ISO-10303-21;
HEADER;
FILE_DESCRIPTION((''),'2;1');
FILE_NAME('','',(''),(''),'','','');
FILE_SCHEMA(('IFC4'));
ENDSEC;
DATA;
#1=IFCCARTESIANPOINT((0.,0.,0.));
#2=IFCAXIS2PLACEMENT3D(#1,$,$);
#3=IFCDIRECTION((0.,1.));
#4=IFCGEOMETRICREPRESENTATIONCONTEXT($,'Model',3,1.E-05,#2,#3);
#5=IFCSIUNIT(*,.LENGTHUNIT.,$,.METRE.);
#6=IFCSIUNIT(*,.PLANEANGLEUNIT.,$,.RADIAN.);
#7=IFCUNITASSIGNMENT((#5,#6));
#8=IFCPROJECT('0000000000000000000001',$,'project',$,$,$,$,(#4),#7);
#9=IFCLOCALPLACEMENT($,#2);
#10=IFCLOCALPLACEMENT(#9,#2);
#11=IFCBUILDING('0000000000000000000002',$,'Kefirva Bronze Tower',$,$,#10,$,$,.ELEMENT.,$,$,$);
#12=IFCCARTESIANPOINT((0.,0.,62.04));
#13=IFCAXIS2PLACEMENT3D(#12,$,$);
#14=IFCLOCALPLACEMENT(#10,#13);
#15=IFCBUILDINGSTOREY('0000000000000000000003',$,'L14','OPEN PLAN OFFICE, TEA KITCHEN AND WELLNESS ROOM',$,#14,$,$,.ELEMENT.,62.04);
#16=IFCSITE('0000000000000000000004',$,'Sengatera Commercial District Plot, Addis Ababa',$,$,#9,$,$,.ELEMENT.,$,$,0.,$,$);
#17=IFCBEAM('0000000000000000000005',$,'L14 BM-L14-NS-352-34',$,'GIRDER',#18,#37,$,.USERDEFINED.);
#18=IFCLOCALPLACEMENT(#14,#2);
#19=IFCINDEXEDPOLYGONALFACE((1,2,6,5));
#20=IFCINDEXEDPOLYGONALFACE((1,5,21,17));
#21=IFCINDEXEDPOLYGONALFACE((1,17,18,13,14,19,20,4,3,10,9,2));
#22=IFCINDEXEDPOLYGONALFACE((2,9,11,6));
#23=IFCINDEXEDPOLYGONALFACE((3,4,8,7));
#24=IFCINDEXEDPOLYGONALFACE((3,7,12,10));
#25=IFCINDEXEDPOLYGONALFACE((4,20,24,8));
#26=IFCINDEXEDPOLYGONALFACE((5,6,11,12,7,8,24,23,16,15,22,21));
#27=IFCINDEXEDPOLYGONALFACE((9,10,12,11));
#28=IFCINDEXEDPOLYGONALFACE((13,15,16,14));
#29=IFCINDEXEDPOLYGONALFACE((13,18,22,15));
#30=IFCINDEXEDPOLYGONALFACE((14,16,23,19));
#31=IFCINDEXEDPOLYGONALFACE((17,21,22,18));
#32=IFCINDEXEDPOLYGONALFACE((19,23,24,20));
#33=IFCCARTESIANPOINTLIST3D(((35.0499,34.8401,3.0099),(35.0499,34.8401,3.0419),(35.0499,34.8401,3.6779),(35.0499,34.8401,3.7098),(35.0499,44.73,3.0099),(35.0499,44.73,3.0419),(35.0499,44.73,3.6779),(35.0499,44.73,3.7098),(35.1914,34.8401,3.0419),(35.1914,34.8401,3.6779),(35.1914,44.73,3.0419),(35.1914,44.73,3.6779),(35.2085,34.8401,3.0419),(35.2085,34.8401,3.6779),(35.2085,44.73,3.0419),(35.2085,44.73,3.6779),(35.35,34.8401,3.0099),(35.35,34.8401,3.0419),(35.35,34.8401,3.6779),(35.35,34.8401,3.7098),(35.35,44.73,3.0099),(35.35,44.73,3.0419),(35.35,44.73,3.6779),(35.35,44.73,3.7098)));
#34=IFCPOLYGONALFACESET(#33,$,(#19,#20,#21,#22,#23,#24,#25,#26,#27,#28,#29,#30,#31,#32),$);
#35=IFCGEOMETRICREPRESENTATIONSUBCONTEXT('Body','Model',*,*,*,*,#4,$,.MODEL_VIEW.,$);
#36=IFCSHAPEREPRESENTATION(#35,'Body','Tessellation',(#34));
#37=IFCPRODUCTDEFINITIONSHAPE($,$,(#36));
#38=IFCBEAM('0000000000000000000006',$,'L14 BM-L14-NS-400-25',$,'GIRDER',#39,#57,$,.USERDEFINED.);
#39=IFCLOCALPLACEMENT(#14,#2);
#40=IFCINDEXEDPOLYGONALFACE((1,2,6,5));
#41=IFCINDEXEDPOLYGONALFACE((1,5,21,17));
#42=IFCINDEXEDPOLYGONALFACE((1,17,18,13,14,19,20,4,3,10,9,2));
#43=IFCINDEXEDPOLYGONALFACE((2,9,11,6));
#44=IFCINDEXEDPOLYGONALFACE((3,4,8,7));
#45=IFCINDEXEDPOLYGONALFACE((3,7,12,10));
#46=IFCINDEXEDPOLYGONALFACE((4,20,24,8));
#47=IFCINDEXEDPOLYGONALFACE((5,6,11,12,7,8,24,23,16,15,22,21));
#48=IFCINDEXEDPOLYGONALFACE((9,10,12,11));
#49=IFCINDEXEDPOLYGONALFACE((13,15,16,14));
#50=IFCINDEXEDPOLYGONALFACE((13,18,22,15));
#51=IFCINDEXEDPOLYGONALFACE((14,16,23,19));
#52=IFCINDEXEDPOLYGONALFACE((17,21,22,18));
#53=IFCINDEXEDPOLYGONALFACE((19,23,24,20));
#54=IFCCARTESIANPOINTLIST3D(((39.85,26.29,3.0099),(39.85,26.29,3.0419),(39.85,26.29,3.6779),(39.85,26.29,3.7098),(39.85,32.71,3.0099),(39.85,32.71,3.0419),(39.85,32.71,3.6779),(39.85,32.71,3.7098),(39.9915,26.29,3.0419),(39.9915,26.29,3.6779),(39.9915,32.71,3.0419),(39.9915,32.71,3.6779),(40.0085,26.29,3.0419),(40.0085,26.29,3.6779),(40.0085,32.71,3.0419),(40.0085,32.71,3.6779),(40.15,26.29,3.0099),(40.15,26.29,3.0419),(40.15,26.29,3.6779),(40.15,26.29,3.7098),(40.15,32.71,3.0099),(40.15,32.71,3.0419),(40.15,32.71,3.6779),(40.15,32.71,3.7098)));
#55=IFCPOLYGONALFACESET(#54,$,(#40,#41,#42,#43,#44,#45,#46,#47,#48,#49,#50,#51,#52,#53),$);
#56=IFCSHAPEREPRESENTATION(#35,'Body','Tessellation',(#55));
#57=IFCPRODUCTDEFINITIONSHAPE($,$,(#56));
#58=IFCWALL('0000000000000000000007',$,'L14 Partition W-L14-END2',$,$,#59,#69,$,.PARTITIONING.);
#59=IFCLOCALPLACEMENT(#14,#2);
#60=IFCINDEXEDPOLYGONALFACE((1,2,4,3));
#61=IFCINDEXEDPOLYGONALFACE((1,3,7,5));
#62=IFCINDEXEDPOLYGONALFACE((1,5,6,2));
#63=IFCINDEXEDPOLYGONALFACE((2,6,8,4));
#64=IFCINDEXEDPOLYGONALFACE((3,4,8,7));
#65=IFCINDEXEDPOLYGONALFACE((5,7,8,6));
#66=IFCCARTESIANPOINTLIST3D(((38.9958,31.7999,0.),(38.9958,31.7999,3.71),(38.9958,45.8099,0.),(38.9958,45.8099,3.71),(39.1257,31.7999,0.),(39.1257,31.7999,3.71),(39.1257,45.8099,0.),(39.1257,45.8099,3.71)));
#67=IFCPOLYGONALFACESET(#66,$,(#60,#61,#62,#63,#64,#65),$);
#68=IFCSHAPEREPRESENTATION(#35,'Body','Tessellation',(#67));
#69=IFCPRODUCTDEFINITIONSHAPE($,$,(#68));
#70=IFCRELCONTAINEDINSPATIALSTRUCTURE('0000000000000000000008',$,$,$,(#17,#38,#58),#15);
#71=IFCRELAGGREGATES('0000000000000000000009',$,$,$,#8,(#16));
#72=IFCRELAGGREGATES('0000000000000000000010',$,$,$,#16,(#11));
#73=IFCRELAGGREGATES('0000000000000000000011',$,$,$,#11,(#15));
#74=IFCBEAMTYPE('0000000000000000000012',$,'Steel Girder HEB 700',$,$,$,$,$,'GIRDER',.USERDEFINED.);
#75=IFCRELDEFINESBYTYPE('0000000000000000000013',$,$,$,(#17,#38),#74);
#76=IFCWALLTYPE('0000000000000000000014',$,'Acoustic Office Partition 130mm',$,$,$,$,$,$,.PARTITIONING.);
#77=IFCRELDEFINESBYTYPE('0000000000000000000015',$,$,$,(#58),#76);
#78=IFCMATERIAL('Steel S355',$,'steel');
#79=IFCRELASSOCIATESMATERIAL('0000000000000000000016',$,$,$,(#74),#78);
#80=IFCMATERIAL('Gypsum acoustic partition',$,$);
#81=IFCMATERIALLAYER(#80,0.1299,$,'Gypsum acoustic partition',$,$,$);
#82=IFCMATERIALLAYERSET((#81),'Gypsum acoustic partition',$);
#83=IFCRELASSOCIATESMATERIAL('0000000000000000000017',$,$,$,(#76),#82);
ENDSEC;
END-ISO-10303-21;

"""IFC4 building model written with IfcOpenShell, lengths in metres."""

from ifc_helpers import new_model, si_unit, direction, frame, frame_2d, origin, origin_2d, place, context, subcontext, project, spatial, rectangle, i_section, extrude, material, layer, layer_set, material_profile, profile_set, type_object, element, save


model = new_model("IFC4")

# Units and contexts
model_context = context("Model", 3, precision=1e-05, world=origin(), true_north=direction((0.0, 1.0)))
body_context = subcontext(model_context, "Body", "Model", "MODEL_VIEW")
ifc_project = project(units=[si_unit("LENGTHUNIT", "METRE"), si_unit("PLANEANGLEUNIT", "RADIAN")], contexts=[model_context])

# Site, building, storey
site_placement = place(None, origin())
site = spatial("IfcSite", under=ifc_project, at=site_placement, Name="Sengatera Commercial District Plot, Addis Ababa", CompositionType="ELEMENT", RefElevation=0.0)
building_placement = place(site_placement, origin())
building = spatial("IfcBuilding", under=site, at=building_placement, Name="Kefirva Bronze Tower", CompositionType="ELEMENT")
storey_placement = place(building_placement, frame((0.0, 0.0, 62.04)))
storey = spatial("IfcBuildingStorey", under=building, at=storey_placement, Name="L14", Description="OPEN PLAN OFFICE, TEA KITCHEN AND WELLNESS ROOM", CompositionType="ELEMENT", Elevation=62.04)

# Beams
ifc_material_1 = material(Name="Steel S355", Category="steel")
ifc_material_profile_1 = material_profile(ifc_material_1, i_section(OverallWidth=0.3, OverallDepth=0.7, WebThickness=0.0171, FlangeThickness=0.032, at=origin_2d()), Name="HEB 700")
ifc_profile_set_1 = profile_set([ifc_material_profile_1], Name="Steel S355")
beam_type_1 = type_object("IfcBeamType", Name="Steel Girder HEB 700", ElementType="GIRDER", PredefinedType="USERDEFINED", material=ifc_profile_set_1)
beam_1_placement = place(storey_placement, frame((35.2, 34.8401, 3.3599), z_axis=(0.0, 1.0, 0.0), x_axis=(-1.0, 0.0, 0.0)))
element("IfcBeam", 1, at=beam_1_placement, inside=storey, type_object=beam_type_1, Name="L14 BM-L14-NS-352-34", ObjectType="GIRDER", PredefinedType="USERDEFINED", context=body_context, shape_type="SweptSolid", body=[
    extrude(i_section(OverallWidth=0.3, OverallDepth=0.7, WebThickness=0.0171, FlangeThickness=0.032, at=origin_2d()), origin(), (0.0, 0.0, 1.0), 9.8899),
])
beam_2_placement = place(storey_placement, frame((40.0, 26.29, 3.3599), z_axis=(0.0, 1.0, 0.0), x_axis=(-1.0, 0.0, 0.0)))
element("IfcBeam", 2, at=beam_2_placement, inside=storey, type_object=beam_type_1, Name="L14 BM-L14-NS-400-25", ObjectType="GIRDER", PredefinedType="USERDEFINED", context=body_context, shape_type="SweptSolid", body=[
    extrude(i_section(OverallWidth=0.3, OverallDepth=0.7, WebThickness=0.0171, FlangeThickness=0.032, at=origin_2d()), origin(), (0.0, 0.0, 1.0), 6.4199),
])

# Wall
ifc_material_2 = material(Name="Gypsum acoustic partition")
ifc_layer = layer(ifc_material_2, 0.1299, Name="Gypsum acoustic partition")
ifc_layer_set = layer_set([ifc_layer], Name="Gypsum acoustic partition")
wall_type = type_object("IfcWallType", Name="Acoustic Office Partition 130mm", PredefinedType="PARTITIONING", material=ifc_layer_set)
wall_placement = place(storey_placement, frame((39.0608, 31.8, 0.0), z_axis=(0.0, 0.0, 1.0), x_axis=(0.0, 1.0, 0.0)))
element("IfcWall", 3, at=wall_placement, inside=storey, type_object=wall_type, Name="L14 Partition W-L14-END2", PredefinedType="PARTITIONING", context=body_context, shape_type="SweptSolid", body=[
    extrude(rectangle(XDim=14.01, YDim=0.1299, at=frame_2d((7.0049, 0.0))), origin(), (0.0, 0.0, 1.0), 3.71),
])

save(model, "model.ifc")
